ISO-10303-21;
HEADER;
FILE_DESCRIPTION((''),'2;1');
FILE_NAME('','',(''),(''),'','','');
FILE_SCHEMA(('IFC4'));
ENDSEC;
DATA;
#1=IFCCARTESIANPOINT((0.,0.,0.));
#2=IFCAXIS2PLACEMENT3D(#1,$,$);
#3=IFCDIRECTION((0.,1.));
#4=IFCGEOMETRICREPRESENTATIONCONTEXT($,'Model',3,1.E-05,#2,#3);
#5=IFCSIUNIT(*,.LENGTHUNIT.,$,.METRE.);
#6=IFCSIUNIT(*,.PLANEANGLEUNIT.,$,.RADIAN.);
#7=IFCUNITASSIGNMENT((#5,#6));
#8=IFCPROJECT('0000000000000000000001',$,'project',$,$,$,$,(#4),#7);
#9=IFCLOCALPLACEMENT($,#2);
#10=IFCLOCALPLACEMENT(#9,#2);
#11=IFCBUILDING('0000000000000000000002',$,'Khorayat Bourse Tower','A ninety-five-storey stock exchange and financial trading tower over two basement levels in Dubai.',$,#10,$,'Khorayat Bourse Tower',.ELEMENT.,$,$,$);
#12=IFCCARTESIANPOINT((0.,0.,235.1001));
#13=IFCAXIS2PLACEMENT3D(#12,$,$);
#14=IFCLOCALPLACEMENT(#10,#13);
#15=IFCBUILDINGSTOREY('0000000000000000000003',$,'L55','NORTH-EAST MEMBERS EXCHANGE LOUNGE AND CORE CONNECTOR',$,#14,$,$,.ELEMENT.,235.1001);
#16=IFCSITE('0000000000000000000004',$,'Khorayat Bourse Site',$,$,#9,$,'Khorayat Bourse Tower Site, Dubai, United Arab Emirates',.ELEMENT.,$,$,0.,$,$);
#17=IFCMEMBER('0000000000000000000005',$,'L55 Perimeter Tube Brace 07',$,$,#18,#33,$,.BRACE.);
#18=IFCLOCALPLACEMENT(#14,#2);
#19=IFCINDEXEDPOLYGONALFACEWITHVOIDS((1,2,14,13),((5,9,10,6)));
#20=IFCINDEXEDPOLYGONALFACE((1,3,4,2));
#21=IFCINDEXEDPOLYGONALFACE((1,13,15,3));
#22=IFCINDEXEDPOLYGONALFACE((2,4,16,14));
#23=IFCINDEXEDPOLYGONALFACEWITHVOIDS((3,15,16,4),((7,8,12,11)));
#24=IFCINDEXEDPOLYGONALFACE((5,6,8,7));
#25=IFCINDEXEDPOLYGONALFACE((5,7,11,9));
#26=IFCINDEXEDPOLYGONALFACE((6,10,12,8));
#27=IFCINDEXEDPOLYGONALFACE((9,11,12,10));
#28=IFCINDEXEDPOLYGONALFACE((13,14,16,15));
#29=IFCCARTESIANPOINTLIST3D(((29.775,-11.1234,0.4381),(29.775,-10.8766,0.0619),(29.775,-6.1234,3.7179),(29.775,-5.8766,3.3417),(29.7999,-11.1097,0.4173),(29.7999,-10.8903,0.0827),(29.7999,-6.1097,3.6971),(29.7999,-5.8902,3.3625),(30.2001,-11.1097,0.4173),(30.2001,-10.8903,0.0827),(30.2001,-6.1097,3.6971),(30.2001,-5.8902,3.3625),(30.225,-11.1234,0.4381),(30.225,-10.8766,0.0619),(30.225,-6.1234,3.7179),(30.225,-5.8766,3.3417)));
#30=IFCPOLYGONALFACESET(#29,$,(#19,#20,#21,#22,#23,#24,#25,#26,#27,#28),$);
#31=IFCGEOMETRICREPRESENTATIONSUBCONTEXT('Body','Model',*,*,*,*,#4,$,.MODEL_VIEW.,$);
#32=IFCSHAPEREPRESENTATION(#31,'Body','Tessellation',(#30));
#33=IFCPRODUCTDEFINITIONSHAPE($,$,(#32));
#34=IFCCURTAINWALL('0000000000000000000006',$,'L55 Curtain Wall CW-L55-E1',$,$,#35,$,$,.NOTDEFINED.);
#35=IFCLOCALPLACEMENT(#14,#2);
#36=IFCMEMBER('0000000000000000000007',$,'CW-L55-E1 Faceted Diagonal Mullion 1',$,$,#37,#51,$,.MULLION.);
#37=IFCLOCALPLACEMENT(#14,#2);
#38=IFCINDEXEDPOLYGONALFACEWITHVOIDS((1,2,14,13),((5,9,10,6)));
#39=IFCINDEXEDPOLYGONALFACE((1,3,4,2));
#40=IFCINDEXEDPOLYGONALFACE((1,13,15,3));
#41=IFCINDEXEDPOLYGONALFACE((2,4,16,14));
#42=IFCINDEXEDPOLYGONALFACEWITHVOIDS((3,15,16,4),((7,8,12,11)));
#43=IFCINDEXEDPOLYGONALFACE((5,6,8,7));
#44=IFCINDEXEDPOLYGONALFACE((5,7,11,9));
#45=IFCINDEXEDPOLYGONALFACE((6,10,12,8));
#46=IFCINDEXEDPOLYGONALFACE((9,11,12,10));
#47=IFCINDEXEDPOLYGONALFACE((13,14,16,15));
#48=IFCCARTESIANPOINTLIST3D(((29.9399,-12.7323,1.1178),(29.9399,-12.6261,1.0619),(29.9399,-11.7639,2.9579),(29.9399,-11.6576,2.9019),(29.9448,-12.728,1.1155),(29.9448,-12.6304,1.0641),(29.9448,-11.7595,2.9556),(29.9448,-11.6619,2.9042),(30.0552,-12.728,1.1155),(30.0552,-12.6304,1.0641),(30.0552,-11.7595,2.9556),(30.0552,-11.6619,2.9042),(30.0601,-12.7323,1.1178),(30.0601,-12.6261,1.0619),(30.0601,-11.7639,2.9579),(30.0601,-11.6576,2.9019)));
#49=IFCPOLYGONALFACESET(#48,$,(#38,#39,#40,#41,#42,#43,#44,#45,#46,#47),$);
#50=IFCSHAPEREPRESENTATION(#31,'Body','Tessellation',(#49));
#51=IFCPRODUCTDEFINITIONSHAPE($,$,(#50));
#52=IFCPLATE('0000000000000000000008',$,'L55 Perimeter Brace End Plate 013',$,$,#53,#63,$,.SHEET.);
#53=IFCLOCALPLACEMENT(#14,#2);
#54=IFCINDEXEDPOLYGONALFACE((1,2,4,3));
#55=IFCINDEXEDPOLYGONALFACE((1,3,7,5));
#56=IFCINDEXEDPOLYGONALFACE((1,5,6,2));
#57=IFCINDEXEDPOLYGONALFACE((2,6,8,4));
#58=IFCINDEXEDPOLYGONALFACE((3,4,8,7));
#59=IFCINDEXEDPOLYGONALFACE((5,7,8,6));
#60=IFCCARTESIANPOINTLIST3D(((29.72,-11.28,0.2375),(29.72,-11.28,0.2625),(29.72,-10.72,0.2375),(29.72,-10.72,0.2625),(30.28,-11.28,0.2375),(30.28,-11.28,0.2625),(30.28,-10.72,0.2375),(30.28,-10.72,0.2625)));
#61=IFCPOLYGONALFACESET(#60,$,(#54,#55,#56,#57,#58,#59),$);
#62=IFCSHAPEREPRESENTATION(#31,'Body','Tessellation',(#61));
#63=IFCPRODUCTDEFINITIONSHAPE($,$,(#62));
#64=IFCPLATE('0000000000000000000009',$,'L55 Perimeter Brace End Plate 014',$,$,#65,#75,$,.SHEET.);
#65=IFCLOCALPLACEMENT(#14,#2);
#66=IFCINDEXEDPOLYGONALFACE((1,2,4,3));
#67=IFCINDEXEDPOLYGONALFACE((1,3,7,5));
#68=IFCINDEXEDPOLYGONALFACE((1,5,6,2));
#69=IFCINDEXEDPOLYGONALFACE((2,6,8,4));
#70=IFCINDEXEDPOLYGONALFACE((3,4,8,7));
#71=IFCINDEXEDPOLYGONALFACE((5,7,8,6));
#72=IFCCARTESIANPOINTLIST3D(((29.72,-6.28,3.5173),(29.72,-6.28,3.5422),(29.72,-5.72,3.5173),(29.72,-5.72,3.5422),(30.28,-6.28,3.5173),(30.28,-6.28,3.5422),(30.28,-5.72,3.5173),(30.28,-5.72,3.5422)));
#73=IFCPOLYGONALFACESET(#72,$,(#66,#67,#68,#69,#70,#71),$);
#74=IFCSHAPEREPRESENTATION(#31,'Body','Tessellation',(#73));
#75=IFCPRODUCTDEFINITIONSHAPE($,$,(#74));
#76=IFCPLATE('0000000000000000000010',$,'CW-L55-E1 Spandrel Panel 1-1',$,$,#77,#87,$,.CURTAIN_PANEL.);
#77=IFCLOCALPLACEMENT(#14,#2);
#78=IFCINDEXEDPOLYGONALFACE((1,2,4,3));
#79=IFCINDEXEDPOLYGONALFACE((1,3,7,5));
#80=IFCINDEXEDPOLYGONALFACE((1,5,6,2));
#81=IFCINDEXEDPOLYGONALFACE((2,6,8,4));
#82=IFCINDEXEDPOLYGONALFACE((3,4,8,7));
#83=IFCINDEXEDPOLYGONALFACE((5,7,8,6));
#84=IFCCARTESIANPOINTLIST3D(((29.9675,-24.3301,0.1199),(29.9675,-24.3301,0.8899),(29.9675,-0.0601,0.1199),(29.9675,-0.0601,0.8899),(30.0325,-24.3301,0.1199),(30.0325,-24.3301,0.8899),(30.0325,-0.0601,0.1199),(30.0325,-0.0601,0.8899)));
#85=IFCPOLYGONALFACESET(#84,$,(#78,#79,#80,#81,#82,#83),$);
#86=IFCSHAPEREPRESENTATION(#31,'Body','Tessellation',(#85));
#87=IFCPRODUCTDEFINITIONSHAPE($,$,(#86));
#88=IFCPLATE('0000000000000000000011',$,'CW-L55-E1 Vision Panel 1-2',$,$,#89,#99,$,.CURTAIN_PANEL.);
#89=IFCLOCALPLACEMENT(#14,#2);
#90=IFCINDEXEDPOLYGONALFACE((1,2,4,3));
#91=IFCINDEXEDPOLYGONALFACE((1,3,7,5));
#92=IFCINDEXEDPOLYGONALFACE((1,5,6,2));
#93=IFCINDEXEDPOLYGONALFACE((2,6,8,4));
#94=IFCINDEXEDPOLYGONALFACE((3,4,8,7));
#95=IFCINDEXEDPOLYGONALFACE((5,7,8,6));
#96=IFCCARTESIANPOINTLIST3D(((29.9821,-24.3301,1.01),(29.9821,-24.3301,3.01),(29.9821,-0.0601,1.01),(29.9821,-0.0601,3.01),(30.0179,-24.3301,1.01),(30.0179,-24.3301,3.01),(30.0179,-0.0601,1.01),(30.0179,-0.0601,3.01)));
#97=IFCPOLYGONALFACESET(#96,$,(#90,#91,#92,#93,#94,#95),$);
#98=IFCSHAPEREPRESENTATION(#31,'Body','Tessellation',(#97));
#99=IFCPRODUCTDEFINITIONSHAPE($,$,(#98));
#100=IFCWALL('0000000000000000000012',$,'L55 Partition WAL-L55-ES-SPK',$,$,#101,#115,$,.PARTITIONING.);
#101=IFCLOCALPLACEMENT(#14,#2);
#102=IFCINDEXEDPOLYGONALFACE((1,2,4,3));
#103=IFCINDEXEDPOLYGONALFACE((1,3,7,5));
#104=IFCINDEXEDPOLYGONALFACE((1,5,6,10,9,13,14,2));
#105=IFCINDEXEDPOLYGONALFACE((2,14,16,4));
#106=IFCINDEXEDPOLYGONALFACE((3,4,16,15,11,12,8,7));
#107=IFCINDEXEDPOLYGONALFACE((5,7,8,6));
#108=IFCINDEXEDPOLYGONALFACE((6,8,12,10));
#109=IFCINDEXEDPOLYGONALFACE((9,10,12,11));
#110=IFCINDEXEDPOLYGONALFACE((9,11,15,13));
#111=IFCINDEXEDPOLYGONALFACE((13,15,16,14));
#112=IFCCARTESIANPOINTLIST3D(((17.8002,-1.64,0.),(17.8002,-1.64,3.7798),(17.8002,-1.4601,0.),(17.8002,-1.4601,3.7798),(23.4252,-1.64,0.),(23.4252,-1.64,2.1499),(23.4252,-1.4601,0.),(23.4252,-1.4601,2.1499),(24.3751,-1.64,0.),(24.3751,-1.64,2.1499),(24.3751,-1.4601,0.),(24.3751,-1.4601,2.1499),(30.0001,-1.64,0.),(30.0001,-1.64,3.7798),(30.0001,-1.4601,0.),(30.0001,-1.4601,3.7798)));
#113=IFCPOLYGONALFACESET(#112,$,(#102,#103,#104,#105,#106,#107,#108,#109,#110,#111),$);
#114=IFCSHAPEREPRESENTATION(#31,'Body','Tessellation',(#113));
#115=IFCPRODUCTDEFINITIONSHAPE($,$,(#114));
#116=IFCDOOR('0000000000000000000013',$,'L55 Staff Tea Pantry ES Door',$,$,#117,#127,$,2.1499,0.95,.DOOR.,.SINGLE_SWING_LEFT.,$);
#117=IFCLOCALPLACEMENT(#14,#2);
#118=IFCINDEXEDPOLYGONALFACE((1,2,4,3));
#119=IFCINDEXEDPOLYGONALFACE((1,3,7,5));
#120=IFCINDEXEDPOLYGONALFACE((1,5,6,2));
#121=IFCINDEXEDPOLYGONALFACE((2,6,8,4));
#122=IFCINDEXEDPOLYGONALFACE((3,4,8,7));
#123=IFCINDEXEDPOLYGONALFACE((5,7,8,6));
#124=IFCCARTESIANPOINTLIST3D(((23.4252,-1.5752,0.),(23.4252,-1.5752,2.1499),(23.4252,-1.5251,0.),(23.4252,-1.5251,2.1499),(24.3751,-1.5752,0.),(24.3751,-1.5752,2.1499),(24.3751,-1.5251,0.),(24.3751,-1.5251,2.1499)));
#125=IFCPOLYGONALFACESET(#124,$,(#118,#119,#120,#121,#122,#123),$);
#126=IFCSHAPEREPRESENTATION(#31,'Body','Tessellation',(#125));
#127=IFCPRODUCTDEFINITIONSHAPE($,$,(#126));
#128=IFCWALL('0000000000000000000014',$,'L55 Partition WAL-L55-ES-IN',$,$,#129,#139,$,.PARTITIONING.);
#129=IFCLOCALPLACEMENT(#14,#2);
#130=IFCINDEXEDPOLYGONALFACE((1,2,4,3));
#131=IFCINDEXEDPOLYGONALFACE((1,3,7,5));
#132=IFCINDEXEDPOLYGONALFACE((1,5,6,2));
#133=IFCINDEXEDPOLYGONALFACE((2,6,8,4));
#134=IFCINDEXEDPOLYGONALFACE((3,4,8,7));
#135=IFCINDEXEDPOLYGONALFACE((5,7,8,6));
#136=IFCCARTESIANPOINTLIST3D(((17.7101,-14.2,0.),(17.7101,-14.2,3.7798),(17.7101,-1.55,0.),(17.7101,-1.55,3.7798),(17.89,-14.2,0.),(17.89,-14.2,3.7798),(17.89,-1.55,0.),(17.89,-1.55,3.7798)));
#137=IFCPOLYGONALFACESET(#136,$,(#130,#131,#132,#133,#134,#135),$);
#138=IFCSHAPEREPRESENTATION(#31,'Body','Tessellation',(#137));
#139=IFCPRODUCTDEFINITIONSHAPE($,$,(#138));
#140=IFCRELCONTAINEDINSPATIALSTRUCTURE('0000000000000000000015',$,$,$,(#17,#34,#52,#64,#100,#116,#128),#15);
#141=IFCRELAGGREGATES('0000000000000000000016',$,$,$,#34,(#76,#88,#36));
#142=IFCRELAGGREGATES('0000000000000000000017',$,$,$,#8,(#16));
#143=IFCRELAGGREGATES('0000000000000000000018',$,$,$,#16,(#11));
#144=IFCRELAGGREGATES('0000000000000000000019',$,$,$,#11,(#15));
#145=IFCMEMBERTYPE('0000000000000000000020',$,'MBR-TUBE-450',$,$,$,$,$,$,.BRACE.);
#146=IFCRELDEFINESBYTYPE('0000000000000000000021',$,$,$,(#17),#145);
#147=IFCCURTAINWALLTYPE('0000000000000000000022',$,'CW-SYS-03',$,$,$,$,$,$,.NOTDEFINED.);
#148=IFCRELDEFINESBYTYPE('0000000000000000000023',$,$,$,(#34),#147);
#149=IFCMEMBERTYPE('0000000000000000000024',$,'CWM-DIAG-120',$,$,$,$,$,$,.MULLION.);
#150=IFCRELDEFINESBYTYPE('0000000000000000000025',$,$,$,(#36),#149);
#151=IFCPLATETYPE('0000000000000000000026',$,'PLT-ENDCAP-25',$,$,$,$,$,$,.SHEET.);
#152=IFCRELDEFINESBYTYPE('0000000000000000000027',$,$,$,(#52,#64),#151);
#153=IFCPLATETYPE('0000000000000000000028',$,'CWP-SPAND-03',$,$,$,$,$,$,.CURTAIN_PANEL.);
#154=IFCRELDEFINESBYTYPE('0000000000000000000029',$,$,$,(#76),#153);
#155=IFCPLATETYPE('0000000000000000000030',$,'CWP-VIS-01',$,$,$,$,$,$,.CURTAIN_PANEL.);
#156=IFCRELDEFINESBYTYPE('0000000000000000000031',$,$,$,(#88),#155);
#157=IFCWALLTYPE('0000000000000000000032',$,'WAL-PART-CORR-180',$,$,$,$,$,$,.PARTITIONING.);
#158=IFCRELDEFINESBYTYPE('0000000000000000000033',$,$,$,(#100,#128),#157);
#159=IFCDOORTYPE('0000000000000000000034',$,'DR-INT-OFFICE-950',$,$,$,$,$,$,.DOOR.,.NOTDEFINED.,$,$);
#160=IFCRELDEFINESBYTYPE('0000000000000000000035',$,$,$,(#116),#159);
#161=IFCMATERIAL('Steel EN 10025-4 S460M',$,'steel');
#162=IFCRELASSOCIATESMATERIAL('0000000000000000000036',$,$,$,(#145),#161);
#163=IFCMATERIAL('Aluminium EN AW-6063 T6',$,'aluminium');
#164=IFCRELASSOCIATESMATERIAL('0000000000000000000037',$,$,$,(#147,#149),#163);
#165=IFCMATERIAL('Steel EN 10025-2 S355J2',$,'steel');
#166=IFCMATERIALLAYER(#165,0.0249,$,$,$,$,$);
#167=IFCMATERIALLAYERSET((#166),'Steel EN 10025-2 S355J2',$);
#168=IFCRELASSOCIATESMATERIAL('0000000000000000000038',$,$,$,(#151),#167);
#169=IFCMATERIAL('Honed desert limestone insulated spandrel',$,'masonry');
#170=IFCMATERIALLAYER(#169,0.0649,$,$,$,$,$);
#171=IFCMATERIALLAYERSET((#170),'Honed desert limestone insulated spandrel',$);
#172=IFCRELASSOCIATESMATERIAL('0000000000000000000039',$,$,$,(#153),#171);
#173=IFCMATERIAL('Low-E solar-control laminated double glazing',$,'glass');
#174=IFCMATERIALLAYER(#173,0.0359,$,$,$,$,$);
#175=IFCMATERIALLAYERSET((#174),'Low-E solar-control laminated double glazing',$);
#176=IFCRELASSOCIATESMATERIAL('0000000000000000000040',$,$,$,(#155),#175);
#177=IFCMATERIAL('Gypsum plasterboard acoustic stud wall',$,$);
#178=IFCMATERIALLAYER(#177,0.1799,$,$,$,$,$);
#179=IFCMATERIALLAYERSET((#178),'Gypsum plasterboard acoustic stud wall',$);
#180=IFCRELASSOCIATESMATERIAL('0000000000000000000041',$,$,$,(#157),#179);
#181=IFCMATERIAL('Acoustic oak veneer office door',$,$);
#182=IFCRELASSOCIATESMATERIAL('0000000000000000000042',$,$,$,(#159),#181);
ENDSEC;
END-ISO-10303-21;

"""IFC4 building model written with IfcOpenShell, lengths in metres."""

from ifc_helpers import new_model, si_unit, direction, frame, frame_2d, origin, origin_2d, place, context, subcontext, project, spatial, rectangle, hollow_rectangle, extrude, source, transform, mapped, material, layer, layer_set, material_profile, profile_set, type_object, element, fill, aggregate, save


model = new_model("IFC4")

# Units and contexts
model_context = context("Model", 3, precision=1e-05, world=origin(), true_north=direction((0.0, 1.0)))
body_context = subcontext(model_context, "Body", "Model", "MODEL_VIEW")
ifc_project = project(units=[si_unit("LENGTHUNIT", "METRE"), si_unit("PLANEANGLEUNIT", "RADIAN")], contexts=[model_context])

# Site, building, storey
site_placement = place(None, origin())
site = spatial("IfcSite", under=ifc_project, at=site_placement, Name="Khorayat Bourse Site", LongName="Khorayat Bourse Tower Site, Dubai, United Arab Emirates", CompositionType="ELEMENT", RefElevation=0.0)
building_placement = place(site_placement, origin())
building = spatial("IfcBuilding", under=site, at=building_placement, Name="Khorayat Bourse Tower", Description="A ninety-five-storey stock exchange and financial trading tower over two basement levels in Dubai.", LongName="Khorayat Bourse Tower", CompositionType="ELEMENT")
storey_placement = place(building_placement, frame((0.0, 0.0, 235.1001)))
storey = spatial("IfcBuildingStorey", under=building, at=storey_placement, Name="L55", Description="NORTH-EAST MEMBERS EXCHANGE LOUNGE AND CORE CONNECTOR", CompositionType="ELEMENT", Elevation=235.1001)

# Shared definitions
ifc_material_1 = material(Name="Steel EN 10025-4 S460M", Category="steel")

# Member
ifc_material_profile_1 = material_profile(ifc_material_1, hollow_rectangle(XDim=0.45, YDim=0.45, WallThickness=0.0249, at=origin_2d()), Name="HSS 450x450x25")
ifc_profile_set_1 = profile_set([ifc_material_profile_1], Name="Steel EN 10025-4 S460M")
member_type_1 = type_object("IfcMemberType", Name="MBR-TUBE-450", PredefinedType="BRACE", material=ifc_profile_set_1)
shared_shape_1 = source(origin(), body_context, "Body", "SweptSolid", [
    extrude(hollow_rectangle(XDim=0.45, YDim=0.45, WallThickness=0.0249, at=origin_2d()), origin(), (0.0, 0.0, 1.0), 5.9797),
])
member_1_placement = place(storey_placement, frame((30.0, -11.0, 0.25), z_axis=(0.0, 0.83616, 0.548485), x_axis=(-1.0, 0.0, 0.0)))
element("IfcMember", 1, at=member_1_placement, inside=storey, type_object=member_type_1, Name="L55 Perimeter Tube Brace 07", PredefinedType="BRACE", context=body_context, shape_type="MappedRepresentation", body=[
    mapped(shared_shape_1, transform((0.0, 0.0, 0.0), scale=1.0)),
])

# Curtain wall, member
ifc_material_2 = material(Name="Aluminium EN AW-6063 T6", Category="aluminium")
curtain_wall_type = type_object("IfcCurtainWallType", Name="CW-SYS-03", PredefinedType="NOTDEFINED", material=ifc_material_2)
curtain_wall_placement = place(storey_placement, origin())
curtain_wall = element("IfcCurtainWall", 2, at=curtain_wall_placement, inside=storey, type_object=curtain_wall_type, Name="L55 Curtain Wall CW-L55-E1", PredefinedType="NOTDEFINED")
ifc_material_profile_2 = material_profile(ifc_material_2, hollow_rectangle(XDim=0.1201, YDim=0.1201, WallThickness=0.0049, at=origin_2d()), Name="ALU 120x120x5")
ifc_profile_set_2 = profile_set([ifc_material_profile_2], Name="Aluminium EN AW-6063 T6")
member_type_2 = type_object("IfcMemberType", Name="CWM-DIAG-120", PredefinedType="MULLION", material=ifc_profile_set_2)
shared_shape_2 = source(origin(), body_context, "Body", "SweptSolid", [
    extrude(hollow_rectangle(XDim=0.1201, YDim=0.1201, WallThickness=0.0049, at=origin_2d()), origin(), (0.0, 0.0, 1.0), 2.0793),
])
member_2_placement = place(storey_placement, frame((30.0, -12.6792, 1.0898), z_axis=(0.0, 0.465761, 0.884911), x_axis=(-1.0, 0.0, 0.0)))
member_2 = element("IfcMember", 3, at=member_2_placement, type_object=member_type_2, Name="CW-L55-E1 Faceted Diagonal Mullion 1", PredefinedType="MULLION", context=body_context, shape_type="MappedRepresentation", body=[
    mapped(shared_shape_2, transform((0.0, 0.0, 0.0), scale=1.0)),
])

# Plates
ifc_material_3 = material(Name="Steel EN 10025-2 S355J2", Category="steel")
ifc_layer_1 = layer(ifc_material_3, 0.0249)
ifc_layer_set_1 = layer_set([ifc_layer_1], Name="Steel EN 10025-2 S355J2")
plate_type_1 = type_object("IfcPlateType", Name="PLT-ENDCAP-25", PredefinedType="SHEET", material=ifc_layer_set_1)
shared_shape_3 = source(origin(), body_context, "Body", "SweptSolid", [
    extrude(rectangle(XDim=0.5601, YDim=0.5601, at=origin_2d()), origin(), (0.0, 0.0, 1.0), 0.0249),
])
for number, where, z_axis, x_axis, name in (
    (4, (30.0, -11.0, 0.2375), (0.0, 0.0, 1.0), (1.0, 0.0, 0.0), "L55 Perimeter Brace End Plate 013"),
    (5, (30.0, -6.0, 3.5173), (0.0, 0.0, 1.0), (1.0, 0.0, 0.0), "L55 Perimeter Brace End Plate 014"),
):
    element("IfcPlate", number, at=place(storey_placement, frame(where, z_axis=z_axis, x_axis=x_axis)), inside=storey, type_object=plate_type_1, Name=name, PredefinedType="SHEET", context=body_context, shape_type="MappedRepresentation", body=[
        mapped(shared_shape_3, transform((0.0, 0.0, 0.0), scale=1.0)),
    ])

# Plates
ifc_material_4 = material(Name="Honed desert limestone insulated spandrel", Category="masonry")
ifc_layer_2 = layer(ifc_material_4, 0.0649)
ifc_layer_set_2 = layer_set([ifc_layer_2], Name="Honed desert limestone insulated spandrel")
plate_type_2 = type_object("IfcPlateType", Name="CWP-SPAND-03", PredefinedType="CURTAIN_PANEL", material=ifc_layer_set_2)
shared_shape_4 = source(origin(), body_context, "Body", "SweptSolid", [
    extrude(rectangle(XDim=24.27, YDim=0.0649, at=origin_2d()), origin(), (0.0, 0.0, 1.0), 0.77),
])
plate_1_placement = place(storey_placement, frame((30.0, -12.1951, 0.1199), z_axis=(0.0, 0.0, 1.0), x_axis=(0.0, 1.0, 0.0)))
plate_1 = element("IfcPlate", 6, at=plate_1_placement, type_object=plate_type_2, Name="CW-L55-E1 Spandrel Panel 1-1", PredefinedType="CURTAIN_PANEL", context=body_context, shape_type="MappedRepresentation", body=[
    mapped(shared_shape_4, transform((0.0, 0.0, 0.0), scale=1.0)),
])
ifc_material_5 = material(Name="Low-E solar-control laminated double glazing", Category="glass")
ifc_layer_3 = layer(ifc_material_5, 0.0359)
ifc_layer_set_3 = layer_set([ifc_layer_3], Name="Low-E solar-control laminated double glazing")
plate_type_3 = type_object("IfcPlateType", Name="CWP-VIS-01", PredefinedType="CURTAIN_PANEL", material=ifc_layer_set_3)
shared_shape_5 = source(origin(), body_context, "Body", "SweptSolid", [
    extrude(rectangle(XDim=24.27, YDim=0.0359, at=origin_2d()), origin(), (0.0, 0.0, 1.0), 2.0),
])
plate_2_placement = place(storey_placement, frame((30.0, -12.1951, 1.01), z_axis=(0.0, 0.0, 1.0), x_axis=(0.0, 1.0, 0.0)))
plate_2 = element("IfcPlate", 7, at=plate_2_placement, type_object=plate_type_3, Name="CW-L55-E1 Vision Panel 1-2", PredefinedType="CURTAIN_PANEL", context=body_context, shape_type="MappedRepresentation", body=[
    mapped(shared_shape_5, transform((0.0, 0.0, 0.0), scale=1.0)),
])
aggregate(curtain_wall, [plate_1, plate_2, member_2])

# Wall, opening, door
ifc_material_6 = material(Name="Gypsum plasterboard acoustic stud wall")
ifc_layer_4 = layer(ifc_material_6, 0.1799)
ifc_layer_set_4 = layer_set([ifc_layer_4], Name="Gypsum plasterboard acoustic stud wall")
wall_type = type_object("IfcWallType", Name="WAL-PART-CORR-180", PredefinedType="PARTITIONING", material=ifc_layer_set_4)
shared_shape_6 = source(origin(), body_context, "Body", "SweptSolid", [
    extrude(rectangle(XDim=12.2, YDim=0.1799, at=frame_2d((6.1001, 0.0))), origin(), (0.0, 0.0, 1.0), 3.7798),
])
wall_1_placement = place(storey_placement, frame((17.8, -1.55, 0.0), z_axis=(0.0, 0.0, 1.0), x_axis=(1.0, 0.0, 0.0)))
wall_1 = element("IfcWall", 8, at=wall_1_placement, inside=storey, type_object=wall_type, Name="L55 Partition WAL-L55-ES-SPK", PredefinedType="PARTITIONING", context=body_context, shape_type="MappedRepresentation", body=[
    mapped(shared_shape_6, transform((0.0, 0.0, 0.0), scale=1.0)),
])
shared_shape_7 = source(origin(), body_context, "Body", "SweptSolid", [
    extrude(rectangle(XDim=0.95, YDim=2.1499, at=frame_2d((0.4751, 1.075))), frame((0.0, 0.0999, 0.0), z_axis=(0.0, -1.0, 0.0), x_axis=(1.0, 0.0, 0.0)), (0.0, 0.0, 1.0), 0.2),
])
opening_placement = place(wall_1_placement, frame((5.625, 0.0, 0.0)))
opening = element("IfcOpeningElement", 9, at=opening_placement, cuts=wall_1, PredefinedType="OPENING", context=body_context, shape_type="MappedRepresentation", body=[
    mapped(shared_shape_7, transform((0.0, 0.0, 0.0), scale=1.0)),
])
ifc_material_7 = material(Name="Acoustic oak veneer office door")
door_type = type_object("IfcDoorType", Name="DR-INT-OFFICE-950", OperationType="NOTDEFINED", PredefinedType="DOOR", material=ifc_material_7)
shared_shape_8 = source(origin(), body_context, "Body", "SweptSolid", [
    extrude(rectangle(XDim=0.95, YDim=2.1499, at=frame_2d((0.4751, 1.075))), frame((0.0, 0.0249, 0.0), z_axis=(0.0, -1.0, 0.0), x_axis=(1.0, 0.0, 0.0)), (0.0, 0.0, 1.0), 0.05),
])
door_placement = place(opening_placement, origin())
door = element("IfcDoor", 10, at=door_placement, inside=storey, type_object=door_type, Name="L55 Staff Tea Pantry ES Door", OperationType="SINGLE_SWING_LEFT", OverallHeight=2.1499, OverallWidth=0.95, PredefinedType="DOOR", context=body_context, shape_type="MappedRepresentation", body=[
    mapped(shared_shape_8, transform((0.0, 0.0, 0.0), scale=1.0)),
])
fill(opening, door)

# Wall
shared_shape_9 = source(origin(), body_context, "Body", "SweptSolid", [
    extrude(rectangle(XDim=12.6499, YDim=0.1799, at=frame_2d((6.325, 0.0))), origin(), (0.0, 0.0, 1.0), 3.7798),
])
wall_2_placement = place(storey_placement, frame((17.8, -14.2, 0.0), z_axis=(0.0, 0.0, 1.0), x_axis=(0.0, 1.0, 0.0)))
element("IfcWall", 11, at=wall_2_placement, inside=storey, type_object=wall_type, Name="L55 Partition WAL-L55-ES-IN", PredefinedType="PARTITIONING", context=body_context, shape_type="MappedRepresentation", body=[
    mapped(shared_shape_9, transform((0.0, 0.0, 0.0), scale=1.0)),
])

save(model, "model.ifc")
